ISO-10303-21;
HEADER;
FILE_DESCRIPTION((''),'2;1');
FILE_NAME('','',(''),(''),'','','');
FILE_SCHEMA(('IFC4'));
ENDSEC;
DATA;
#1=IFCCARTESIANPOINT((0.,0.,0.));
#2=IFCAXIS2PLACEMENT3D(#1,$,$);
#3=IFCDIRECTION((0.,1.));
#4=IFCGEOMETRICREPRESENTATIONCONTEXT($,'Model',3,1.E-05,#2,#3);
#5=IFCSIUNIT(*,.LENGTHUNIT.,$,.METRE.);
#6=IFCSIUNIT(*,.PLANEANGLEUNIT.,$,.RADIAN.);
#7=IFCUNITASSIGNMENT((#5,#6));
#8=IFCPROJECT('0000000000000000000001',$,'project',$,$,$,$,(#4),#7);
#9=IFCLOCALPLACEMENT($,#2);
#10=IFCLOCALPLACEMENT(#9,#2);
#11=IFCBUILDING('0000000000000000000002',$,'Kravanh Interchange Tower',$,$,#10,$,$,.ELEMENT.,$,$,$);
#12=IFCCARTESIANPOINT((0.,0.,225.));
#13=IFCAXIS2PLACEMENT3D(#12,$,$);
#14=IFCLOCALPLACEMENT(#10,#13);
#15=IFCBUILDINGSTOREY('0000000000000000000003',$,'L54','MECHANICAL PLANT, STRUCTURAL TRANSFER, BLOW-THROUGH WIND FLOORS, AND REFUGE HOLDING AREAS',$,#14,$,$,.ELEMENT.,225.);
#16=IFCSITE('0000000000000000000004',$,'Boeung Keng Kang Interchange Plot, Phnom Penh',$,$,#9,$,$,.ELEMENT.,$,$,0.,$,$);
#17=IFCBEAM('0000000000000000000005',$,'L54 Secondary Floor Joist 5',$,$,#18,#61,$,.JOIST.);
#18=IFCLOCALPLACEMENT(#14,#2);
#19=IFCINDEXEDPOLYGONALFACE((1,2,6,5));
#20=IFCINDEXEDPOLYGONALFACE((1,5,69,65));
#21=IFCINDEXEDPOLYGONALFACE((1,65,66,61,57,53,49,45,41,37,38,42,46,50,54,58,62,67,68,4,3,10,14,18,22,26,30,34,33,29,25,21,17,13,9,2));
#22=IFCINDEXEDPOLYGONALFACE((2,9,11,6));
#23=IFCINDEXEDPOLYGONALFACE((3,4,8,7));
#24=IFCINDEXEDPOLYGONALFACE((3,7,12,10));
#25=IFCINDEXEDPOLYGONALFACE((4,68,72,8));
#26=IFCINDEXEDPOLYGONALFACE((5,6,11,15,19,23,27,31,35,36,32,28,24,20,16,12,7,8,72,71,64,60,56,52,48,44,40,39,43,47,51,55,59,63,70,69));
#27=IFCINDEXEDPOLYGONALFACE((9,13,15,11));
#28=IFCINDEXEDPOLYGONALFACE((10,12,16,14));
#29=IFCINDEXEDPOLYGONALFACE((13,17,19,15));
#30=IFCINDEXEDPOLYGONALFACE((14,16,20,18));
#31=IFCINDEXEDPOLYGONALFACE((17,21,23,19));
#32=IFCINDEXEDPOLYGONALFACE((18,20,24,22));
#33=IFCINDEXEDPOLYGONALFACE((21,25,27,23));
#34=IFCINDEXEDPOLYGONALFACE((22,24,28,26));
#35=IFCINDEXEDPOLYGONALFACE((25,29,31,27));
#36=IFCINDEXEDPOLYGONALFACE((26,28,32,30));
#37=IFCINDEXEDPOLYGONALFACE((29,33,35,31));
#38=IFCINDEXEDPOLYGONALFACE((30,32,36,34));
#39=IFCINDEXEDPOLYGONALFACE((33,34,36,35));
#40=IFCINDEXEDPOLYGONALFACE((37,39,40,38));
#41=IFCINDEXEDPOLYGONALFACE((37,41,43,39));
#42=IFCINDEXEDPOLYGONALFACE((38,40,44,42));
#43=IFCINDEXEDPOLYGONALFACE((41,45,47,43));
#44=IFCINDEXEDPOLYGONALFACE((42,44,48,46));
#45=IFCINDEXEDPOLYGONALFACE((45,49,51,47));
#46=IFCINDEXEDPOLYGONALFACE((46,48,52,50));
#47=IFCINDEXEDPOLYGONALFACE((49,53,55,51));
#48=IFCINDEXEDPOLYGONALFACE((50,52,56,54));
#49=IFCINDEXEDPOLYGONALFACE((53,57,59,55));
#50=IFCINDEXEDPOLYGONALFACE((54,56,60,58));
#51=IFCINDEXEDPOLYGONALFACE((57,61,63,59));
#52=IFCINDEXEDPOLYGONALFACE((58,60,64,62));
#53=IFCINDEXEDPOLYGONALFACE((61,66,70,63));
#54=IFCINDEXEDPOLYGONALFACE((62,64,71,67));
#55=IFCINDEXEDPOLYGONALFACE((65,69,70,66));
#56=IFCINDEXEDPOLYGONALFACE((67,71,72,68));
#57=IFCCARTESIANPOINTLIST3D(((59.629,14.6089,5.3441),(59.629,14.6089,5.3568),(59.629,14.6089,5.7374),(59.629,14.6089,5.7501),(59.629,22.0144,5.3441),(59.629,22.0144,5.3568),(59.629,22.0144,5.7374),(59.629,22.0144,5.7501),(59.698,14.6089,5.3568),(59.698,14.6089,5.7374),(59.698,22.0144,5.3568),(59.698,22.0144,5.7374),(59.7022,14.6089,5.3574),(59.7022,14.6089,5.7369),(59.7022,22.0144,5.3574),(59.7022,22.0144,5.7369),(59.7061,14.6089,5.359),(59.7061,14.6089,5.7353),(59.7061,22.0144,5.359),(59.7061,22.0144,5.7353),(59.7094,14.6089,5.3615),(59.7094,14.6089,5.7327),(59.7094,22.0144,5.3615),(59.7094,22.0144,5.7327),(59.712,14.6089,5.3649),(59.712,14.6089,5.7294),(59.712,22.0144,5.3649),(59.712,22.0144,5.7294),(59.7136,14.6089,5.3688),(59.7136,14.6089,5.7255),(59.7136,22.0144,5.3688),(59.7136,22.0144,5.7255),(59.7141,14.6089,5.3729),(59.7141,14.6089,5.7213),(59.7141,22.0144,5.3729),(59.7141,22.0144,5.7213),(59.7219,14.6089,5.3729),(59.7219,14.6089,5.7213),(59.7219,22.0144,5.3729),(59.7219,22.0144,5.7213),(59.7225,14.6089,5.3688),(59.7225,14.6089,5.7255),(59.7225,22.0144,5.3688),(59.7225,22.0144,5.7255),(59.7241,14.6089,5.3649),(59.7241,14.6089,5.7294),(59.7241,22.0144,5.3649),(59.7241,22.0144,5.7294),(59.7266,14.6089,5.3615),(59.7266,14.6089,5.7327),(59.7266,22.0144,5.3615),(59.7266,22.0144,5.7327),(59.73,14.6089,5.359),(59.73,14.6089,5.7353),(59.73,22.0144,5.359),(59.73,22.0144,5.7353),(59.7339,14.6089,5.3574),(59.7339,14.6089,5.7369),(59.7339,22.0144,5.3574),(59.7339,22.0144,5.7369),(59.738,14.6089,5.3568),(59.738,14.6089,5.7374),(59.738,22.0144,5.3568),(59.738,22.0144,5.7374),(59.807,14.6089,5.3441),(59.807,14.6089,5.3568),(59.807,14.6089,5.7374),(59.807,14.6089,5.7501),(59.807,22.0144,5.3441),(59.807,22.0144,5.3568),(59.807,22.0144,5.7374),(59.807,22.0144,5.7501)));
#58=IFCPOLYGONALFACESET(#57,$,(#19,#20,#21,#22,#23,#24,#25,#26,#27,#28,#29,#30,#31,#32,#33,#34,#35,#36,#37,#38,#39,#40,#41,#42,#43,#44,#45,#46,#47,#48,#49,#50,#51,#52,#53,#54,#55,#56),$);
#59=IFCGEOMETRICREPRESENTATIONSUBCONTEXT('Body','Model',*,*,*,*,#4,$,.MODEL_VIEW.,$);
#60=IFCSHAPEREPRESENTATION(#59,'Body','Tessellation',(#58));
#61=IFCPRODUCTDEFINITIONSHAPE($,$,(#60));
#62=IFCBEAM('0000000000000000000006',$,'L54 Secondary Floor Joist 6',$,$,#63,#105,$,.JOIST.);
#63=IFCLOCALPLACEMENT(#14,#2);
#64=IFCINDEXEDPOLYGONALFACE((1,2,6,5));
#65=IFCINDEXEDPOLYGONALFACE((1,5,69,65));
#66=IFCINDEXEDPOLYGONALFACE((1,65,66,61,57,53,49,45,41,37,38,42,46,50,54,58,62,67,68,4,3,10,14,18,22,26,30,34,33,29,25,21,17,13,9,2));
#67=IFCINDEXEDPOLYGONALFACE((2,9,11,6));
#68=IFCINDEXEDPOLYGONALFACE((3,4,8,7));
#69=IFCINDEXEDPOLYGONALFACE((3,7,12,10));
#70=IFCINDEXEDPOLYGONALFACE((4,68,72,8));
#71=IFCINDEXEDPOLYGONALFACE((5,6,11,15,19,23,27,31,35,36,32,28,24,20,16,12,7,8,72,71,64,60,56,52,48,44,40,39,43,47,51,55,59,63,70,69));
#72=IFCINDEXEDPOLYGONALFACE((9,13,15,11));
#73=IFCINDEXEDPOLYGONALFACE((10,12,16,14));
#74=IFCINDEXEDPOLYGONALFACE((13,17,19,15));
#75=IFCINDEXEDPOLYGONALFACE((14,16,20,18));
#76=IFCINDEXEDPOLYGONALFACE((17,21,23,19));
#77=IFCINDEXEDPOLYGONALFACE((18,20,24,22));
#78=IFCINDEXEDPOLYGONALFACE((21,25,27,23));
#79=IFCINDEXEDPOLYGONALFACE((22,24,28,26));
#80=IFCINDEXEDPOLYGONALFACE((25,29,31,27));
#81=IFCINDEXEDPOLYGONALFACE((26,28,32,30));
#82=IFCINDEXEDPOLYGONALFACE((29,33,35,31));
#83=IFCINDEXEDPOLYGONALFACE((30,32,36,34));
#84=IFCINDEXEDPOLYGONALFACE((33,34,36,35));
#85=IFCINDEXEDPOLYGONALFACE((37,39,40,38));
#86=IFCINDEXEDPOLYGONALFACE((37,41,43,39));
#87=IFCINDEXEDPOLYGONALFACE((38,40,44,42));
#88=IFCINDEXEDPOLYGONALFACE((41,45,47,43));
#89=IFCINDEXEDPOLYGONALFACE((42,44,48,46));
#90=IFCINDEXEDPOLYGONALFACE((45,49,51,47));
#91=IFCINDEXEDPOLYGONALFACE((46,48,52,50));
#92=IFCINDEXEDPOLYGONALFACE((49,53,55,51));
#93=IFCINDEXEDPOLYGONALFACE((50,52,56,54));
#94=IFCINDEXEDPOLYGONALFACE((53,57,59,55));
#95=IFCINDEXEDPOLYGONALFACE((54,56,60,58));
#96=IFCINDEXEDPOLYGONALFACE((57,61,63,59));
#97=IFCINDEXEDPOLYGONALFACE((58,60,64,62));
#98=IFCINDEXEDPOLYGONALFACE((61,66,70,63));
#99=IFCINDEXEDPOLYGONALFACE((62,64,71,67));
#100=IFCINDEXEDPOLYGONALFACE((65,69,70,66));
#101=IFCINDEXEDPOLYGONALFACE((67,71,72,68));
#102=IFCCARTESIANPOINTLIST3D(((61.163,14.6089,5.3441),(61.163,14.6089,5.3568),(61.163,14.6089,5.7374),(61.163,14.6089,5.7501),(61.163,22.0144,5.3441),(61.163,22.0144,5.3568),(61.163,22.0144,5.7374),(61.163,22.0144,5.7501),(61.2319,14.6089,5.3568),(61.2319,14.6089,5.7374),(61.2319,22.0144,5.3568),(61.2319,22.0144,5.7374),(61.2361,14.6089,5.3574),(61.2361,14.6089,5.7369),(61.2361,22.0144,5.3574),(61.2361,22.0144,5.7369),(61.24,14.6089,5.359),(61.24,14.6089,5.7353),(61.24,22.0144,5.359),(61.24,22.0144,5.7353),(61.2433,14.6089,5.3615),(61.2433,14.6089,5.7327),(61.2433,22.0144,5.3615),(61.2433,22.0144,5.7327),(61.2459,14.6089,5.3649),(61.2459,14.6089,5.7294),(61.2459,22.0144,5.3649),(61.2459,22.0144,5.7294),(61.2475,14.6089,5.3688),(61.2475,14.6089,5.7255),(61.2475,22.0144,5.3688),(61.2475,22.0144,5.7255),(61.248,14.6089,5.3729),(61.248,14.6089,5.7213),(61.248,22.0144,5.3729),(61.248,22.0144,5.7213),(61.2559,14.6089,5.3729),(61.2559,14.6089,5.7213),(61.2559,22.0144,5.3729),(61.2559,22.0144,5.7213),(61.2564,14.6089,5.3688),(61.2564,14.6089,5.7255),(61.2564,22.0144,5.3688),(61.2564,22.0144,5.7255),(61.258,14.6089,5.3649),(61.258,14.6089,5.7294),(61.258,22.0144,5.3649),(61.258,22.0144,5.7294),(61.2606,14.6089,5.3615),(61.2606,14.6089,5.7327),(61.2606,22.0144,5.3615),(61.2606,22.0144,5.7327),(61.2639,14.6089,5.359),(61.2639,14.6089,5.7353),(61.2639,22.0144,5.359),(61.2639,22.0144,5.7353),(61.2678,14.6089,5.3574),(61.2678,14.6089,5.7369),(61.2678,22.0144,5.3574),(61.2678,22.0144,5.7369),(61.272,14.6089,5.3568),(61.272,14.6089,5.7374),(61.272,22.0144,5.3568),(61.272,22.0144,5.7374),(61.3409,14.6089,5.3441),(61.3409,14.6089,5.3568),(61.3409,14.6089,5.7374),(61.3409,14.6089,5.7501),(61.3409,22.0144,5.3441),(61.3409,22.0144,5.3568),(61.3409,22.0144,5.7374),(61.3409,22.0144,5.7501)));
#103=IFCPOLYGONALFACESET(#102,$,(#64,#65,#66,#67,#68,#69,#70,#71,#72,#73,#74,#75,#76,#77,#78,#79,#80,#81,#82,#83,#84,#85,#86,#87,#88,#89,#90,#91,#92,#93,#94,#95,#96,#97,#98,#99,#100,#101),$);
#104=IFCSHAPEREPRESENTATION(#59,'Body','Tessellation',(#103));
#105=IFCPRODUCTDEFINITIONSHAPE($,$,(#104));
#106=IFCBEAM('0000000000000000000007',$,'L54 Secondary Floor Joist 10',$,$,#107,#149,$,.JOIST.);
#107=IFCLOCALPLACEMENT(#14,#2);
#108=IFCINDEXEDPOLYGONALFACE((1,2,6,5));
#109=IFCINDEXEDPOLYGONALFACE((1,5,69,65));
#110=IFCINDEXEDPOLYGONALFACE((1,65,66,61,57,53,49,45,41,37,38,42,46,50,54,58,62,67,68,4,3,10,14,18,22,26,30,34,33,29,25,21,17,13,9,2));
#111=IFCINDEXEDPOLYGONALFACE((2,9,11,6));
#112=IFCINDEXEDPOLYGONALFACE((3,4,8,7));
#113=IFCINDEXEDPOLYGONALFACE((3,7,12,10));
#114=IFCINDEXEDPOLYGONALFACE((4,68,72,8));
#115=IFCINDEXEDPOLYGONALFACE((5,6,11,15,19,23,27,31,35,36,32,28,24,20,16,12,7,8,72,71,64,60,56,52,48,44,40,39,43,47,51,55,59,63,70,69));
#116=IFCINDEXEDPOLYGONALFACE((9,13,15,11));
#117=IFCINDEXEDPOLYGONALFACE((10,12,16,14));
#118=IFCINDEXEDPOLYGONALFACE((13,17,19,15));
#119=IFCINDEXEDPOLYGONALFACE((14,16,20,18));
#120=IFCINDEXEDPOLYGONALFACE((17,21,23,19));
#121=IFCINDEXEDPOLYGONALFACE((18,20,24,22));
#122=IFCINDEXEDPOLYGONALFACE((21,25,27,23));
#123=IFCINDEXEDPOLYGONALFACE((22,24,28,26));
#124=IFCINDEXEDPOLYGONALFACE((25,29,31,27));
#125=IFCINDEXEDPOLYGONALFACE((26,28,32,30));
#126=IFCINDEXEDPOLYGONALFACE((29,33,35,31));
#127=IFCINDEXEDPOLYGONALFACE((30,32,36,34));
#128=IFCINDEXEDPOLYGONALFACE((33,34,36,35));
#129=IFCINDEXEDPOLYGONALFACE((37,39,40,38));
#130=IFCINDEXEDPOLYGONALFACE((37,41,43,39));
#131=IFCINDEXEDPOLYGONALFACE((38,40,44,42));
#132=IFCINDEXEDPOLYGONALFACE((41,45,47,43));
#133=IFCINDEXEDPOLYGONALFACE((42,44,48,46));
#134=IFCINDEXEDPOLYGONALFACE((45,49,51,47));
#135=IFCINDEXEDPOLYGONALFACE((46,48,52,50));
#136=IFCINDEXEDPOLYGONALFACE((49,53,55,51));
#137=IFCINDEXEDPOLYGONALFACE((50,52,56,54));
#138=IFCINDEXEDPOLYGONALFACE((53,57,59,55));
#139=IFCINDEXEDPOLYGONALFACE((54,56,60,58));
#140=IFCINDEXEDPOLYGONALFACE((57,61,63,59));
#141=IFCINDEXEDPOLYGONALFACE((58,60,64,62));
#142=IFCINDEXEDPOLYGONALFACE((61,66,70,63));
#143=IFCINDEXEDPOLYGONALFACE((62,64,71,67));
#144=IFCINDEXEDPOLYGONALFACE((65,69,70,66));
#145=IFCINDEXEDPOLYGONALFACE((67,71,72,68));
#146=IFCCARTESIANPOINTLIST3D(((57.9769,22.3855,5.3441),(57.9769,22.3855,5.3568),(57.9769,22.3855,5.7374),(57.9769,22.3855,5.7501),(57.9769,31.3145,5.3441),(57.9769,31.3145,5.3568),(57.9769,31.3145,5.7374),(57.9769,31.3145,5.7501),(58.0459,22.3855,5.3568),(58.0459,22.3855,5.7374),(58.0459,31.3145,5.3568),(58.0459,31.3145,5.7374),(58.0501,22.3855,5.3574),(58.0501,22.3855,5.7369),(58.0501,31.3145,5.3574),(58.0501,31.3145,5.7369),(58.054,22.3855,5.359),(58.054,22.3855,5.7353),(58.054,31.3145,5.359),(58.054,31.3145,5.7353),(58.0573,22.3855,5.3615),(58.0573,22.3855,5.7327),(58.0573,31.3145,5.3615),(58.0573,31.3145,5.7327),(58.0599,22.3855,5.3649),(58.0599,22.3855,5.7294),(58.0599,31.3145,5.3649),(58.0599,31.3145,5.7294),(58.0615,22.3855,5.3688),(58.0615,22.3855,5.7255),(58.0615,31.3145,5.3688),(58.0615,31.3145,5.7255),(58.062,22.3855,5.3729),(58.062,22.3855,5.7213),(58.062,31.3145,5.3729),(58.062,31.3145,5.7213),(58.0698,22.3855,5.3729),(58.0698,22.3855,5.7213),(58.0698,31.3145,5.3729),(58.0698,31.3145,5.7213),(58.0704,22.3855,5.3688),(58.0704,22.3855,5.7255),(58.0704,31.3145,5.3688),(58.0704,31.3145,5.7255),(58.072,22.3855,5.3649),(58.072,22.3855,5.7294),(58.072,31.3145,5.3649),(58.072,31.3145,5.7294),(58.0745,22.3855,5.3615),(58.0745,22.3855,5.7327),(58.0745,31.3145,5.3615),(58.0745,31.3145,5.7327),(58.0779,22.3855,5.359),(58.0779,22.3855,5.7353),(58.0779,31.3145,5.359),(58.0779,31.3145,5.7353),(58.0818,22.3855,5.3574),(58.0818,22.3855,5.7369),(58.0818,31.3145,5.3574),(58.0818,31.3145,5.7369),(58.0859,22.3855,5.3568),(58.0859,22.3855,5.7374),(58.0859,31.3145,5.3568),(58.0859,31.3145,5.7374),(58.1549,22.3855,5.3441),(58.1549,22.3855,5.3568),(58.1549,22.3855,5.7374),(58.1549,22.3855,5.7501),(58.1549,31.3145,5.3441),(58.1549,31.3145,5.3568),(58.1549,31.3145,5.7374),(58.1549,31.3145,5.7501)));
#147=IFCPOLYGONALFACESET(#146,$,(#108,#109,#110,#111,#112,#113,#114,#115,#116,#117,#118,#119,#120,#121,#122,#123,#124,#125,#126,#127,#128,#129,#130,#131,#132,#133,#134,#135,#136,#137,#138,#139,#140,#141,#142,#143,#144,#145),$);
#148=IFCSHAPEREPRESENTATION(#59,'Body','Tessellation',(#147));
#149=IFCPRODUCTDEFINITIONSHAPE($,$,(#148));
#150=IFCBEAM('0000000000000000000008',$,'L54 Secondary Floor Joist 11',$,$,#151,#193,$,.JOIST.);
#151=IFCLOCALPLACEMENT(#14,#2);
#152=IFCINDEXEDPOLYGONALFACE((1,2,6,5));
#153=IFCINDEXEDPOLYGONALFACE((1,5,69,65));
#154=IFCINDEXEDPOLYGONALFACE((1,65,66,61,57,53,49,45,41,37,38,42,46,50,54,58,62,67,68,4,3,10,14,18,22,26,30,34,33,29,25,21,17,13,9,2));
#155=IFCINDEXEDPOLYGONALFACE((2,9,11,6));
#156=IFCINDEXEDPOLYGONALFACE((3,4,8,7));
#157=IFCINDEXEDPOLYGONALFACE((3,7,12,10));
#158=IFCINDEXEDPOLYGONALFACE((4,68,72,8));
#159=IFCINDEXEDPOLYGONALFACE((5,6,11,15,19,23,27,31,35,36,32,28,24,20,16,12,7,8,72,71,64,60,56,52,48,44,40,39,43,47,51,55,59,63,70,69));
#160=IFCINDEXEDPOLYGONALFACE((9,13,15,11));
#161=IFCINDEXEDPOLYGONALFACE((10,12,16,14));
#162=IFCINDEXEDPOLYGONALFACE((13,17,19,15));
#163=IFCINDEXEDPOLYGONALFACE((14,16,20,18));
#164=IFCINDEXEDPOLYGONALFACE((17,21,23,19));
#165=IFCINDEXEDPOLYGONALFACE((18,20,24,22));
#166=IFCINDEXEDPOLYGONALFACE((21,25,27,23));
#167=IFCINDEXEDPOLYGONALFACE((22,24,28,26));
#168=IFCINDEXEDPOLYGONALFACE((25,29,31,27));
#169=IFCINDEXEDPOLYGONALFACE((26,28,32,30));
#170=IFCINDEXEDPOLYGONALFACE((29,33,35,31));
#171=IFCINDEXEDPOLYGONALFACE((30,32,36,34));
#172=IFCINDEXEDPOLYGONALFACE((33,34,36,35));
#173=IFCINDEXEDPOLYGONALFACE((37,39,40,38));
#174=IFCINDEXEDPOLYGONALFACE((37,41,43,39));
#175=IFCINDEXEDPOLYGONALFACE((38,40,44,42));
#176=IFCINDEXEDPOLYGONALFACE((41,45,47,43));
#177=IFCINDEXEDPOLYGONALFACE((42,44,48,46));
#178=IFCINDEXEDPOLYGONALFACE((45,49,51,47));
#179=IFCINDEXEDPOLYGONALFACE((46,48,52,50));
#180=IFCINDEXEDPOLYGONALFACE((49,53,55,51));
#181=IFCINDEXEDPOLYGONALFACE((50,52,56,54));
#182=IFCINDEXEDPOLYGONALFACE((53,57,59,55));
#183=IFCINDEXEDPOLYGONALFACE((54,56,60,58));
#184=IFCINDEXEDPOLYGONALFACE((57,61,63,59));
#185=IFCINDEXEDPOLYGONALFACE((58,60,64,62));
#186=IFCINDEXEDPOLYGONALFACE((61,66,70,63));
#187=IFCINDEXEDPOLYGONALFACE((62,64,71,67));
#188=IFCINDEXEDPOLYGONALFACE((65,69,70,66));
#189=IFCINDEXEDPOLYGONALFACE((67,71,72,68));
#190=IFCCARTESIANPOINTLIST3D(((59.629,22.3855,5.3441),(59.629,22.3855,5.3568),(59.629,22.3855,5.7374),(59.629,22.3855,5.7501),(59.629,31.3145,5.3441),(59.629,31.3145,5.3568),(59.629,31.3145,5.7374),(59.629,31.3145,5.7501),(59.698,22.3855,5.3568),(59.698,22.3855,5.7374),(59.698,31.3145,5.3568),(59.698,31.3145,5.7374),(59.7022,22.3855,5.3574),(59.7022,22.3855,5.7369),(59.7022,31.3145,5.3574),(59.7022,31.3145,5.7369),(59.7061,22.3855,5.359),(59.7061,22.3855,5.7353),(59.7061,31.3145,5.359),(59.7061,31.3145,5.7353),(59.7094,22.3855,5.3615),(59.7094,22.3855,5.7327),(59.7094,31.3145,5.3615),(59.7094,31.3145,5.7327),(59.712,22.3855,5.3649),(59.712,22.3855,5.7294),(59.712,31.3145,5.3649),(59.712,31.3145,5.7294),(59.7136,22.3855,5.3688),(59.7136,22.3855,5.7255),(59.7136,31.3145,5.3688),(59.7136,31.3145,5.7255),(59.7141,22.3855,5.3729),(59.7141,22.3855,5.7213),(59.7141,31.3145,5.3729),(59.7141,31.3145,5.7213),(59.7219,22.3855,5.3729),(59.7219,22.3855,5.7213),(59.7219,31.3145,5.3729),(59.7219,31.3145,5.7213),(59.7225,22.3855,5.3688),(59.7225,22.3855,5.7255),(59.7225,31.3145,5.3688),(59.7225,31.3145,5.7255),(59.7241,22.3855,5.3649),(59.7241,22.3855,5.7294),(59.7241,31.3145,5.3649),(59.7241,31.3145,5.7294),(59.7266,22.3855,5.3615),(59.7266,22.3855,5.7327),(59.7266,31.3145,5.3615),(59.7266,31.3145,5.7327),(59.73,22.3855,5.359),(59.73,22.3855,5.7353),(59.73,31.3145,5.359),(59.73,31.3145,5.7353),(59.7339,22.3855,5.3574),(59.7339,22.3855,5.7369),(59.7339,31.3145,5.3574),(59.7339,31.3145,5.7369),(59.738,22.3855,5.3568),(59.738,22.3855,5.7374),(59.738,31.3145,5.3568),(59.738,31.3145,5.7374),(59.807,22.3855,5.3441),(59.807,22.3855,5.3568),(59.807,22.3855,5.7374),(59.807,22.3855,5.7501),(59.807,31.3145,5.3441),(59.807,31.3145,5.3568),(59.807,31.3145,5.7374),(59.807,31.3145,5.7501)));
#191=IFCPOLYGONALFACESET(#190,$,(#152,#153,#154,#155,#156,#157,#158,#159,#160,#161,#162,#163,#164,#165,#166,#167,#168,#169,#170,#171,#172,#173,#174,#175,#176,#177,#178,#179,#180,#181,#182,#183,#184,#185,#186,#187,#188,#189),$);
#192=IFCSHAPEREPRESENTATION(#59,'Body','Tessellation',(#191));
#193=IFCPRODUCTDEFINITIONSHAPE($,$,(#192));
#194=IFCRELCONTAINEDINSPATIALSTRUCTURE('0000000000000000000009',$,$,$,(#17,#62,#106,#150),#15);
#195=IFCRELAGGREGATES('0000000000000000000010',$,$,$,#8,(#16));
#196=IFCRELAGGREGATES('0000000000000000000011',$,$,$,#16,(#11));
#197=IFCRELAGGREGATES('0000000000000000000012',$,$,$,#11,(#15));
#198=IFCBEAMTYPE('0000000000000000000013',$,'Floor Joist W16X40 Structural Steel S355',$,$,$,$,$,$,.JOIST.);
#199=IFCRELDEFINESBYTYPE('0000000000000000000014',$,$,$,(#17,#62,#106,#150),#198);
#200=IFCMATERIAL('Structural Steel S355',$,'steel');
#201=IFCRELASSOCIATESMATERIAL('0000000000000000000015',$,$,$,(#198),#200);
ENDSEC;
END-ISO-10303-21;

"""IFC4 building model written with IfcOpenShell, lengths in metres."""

from ifc_helpers import new_model, si_unit, direction, frame, origin, origin_2d, place, context, subcontext, project, spatial, i_section, extrude, material, material_profile, profile_set, type_object, element, save


model = new_model("IFC4")

# Units and contexts
model_context = context("Model", 3, precision=1e-05, world=origin(), true_north=direction((0.0, 1.0)))
body_context = subcontext(model_context, "Body", "Model", "MODEL_VIEW")
ifc_project = project(units=[si_unit("LENGTHUNIT", "METRE"), si_unit("PLANEANGLEUNIT", "RADIAN")], contexts=[model_context])

# Site, building, storey
site_placement = place(None, origin())
site = spatial("IfcSite", under=ifc_project, at=site_placement, Name="Boeung Keng Kang Interchange Plot, Phnom Penh", CompositionType="ELEMENT", RefElevation=0.0)
building_placement = place(site_placement, origin())
building = spatial("IfcBuilding", under=site, at=building_placement, Name="Kravanh Interchange Tower", CompositionType="ELEMENT")
storey_placement = place(building_placement, frame((0.0, 0.0, 225.0)))
storey = spatial("IfcBuildingStorey", under=building, at=storey_placement, Name="L54", Description="MECHANICAL PLANT, STRUCTURAL TRANSFER, BLOW-THROUGH WIND FLOORS, AND REFUGE HOLDING AREAS", CompositionType="ELEMENT", Elevation=225.0)

# Beams
ifc_material_1 = material(Name="Structural Steel S355", Category="steel")
ifc_material_profile_1 = material_profile(ifc_material_1, i_section(OverallWidth=0.178, OverallDepth=0.406, WebThickness=0.0078, FlangeThickness=0.0127, FilletRadius=0.0161, at=origin_2d()), Name="W16X40")
ifc_profile_set_1 = profile_set([ifc_material_profile_1], Name="Structural Steel S355")
beam_type_1 = type_object("IfcBeamType", Name="Floor Joist W16X40 Structural Steel S355", PredefinedType="JOIST", material=ifc_profile_set_1)
for number, where, z_axis, x_axis, name in (
    (1, (59.718, 14.6089, 5.5471), (0.0, 1.0, 0.0), (-1.0, 0.0, 0.0), "L54 Secondary Floor Joist 5"),
    (2, (61.252, 14.6089, 5.5471), (0.0, 1.0, 0.0), (-1.0, 0.0, 0.0), "L54 Secondary Floor Joist 6"),
):
    element("IfcBeam", number, at=place(storey_placement, frame(where, z_axis=z_axis, x_axis=x_axis)), inside=storey, type_object=beam_type_1, Name=name, PredefinedType="JOIST", context=body_context, shape_type="SweptSolid", body=[
        extrude(i_section(OverallWidth=0.178, OverallDepth=0.406, WebThickness=0.0078, FlangeThickness=0.0127, FilletRadius=0.0161, at=origin_2d()), origin(), (0.0, 0.0, 1.0), 7.4055),
    ])
for number, where, z_axis, x_axis, name in (
    (3, (58.0659, 22.3855, 5.5471), (0.0, 1.0, 0.0), (-1.0, 0.0, 0.0), "L54 Secondary Floor Joist 10"),
    (4, (59.718, 22.3855, 5.5471), (0.0, 1.0, 0.0), (-1.0, 0.0, 0.0), "L54 Secondary Floor Joist 11"),
):
    element("IfcBeam", number, at=place(storey_placement, frame(where, z_axis=z_axis, x_axis=x_axis)), inside=storey, type_object=beam_type_1, Name=name, PredefinedType="JOIST", context=body_context, shape_type="SweptSolid", body=[
        extrude(i_section(OverallWidth=0.178, OverallDepth=0.406, WebThickness=0.0078, FlangeThickness=0.0127, FilletRadius=0.0161, at=origin_2d()), origin(), (0.0, 0.0, 1.0), 8.929),
    ])

save(model, "model.ifc")
